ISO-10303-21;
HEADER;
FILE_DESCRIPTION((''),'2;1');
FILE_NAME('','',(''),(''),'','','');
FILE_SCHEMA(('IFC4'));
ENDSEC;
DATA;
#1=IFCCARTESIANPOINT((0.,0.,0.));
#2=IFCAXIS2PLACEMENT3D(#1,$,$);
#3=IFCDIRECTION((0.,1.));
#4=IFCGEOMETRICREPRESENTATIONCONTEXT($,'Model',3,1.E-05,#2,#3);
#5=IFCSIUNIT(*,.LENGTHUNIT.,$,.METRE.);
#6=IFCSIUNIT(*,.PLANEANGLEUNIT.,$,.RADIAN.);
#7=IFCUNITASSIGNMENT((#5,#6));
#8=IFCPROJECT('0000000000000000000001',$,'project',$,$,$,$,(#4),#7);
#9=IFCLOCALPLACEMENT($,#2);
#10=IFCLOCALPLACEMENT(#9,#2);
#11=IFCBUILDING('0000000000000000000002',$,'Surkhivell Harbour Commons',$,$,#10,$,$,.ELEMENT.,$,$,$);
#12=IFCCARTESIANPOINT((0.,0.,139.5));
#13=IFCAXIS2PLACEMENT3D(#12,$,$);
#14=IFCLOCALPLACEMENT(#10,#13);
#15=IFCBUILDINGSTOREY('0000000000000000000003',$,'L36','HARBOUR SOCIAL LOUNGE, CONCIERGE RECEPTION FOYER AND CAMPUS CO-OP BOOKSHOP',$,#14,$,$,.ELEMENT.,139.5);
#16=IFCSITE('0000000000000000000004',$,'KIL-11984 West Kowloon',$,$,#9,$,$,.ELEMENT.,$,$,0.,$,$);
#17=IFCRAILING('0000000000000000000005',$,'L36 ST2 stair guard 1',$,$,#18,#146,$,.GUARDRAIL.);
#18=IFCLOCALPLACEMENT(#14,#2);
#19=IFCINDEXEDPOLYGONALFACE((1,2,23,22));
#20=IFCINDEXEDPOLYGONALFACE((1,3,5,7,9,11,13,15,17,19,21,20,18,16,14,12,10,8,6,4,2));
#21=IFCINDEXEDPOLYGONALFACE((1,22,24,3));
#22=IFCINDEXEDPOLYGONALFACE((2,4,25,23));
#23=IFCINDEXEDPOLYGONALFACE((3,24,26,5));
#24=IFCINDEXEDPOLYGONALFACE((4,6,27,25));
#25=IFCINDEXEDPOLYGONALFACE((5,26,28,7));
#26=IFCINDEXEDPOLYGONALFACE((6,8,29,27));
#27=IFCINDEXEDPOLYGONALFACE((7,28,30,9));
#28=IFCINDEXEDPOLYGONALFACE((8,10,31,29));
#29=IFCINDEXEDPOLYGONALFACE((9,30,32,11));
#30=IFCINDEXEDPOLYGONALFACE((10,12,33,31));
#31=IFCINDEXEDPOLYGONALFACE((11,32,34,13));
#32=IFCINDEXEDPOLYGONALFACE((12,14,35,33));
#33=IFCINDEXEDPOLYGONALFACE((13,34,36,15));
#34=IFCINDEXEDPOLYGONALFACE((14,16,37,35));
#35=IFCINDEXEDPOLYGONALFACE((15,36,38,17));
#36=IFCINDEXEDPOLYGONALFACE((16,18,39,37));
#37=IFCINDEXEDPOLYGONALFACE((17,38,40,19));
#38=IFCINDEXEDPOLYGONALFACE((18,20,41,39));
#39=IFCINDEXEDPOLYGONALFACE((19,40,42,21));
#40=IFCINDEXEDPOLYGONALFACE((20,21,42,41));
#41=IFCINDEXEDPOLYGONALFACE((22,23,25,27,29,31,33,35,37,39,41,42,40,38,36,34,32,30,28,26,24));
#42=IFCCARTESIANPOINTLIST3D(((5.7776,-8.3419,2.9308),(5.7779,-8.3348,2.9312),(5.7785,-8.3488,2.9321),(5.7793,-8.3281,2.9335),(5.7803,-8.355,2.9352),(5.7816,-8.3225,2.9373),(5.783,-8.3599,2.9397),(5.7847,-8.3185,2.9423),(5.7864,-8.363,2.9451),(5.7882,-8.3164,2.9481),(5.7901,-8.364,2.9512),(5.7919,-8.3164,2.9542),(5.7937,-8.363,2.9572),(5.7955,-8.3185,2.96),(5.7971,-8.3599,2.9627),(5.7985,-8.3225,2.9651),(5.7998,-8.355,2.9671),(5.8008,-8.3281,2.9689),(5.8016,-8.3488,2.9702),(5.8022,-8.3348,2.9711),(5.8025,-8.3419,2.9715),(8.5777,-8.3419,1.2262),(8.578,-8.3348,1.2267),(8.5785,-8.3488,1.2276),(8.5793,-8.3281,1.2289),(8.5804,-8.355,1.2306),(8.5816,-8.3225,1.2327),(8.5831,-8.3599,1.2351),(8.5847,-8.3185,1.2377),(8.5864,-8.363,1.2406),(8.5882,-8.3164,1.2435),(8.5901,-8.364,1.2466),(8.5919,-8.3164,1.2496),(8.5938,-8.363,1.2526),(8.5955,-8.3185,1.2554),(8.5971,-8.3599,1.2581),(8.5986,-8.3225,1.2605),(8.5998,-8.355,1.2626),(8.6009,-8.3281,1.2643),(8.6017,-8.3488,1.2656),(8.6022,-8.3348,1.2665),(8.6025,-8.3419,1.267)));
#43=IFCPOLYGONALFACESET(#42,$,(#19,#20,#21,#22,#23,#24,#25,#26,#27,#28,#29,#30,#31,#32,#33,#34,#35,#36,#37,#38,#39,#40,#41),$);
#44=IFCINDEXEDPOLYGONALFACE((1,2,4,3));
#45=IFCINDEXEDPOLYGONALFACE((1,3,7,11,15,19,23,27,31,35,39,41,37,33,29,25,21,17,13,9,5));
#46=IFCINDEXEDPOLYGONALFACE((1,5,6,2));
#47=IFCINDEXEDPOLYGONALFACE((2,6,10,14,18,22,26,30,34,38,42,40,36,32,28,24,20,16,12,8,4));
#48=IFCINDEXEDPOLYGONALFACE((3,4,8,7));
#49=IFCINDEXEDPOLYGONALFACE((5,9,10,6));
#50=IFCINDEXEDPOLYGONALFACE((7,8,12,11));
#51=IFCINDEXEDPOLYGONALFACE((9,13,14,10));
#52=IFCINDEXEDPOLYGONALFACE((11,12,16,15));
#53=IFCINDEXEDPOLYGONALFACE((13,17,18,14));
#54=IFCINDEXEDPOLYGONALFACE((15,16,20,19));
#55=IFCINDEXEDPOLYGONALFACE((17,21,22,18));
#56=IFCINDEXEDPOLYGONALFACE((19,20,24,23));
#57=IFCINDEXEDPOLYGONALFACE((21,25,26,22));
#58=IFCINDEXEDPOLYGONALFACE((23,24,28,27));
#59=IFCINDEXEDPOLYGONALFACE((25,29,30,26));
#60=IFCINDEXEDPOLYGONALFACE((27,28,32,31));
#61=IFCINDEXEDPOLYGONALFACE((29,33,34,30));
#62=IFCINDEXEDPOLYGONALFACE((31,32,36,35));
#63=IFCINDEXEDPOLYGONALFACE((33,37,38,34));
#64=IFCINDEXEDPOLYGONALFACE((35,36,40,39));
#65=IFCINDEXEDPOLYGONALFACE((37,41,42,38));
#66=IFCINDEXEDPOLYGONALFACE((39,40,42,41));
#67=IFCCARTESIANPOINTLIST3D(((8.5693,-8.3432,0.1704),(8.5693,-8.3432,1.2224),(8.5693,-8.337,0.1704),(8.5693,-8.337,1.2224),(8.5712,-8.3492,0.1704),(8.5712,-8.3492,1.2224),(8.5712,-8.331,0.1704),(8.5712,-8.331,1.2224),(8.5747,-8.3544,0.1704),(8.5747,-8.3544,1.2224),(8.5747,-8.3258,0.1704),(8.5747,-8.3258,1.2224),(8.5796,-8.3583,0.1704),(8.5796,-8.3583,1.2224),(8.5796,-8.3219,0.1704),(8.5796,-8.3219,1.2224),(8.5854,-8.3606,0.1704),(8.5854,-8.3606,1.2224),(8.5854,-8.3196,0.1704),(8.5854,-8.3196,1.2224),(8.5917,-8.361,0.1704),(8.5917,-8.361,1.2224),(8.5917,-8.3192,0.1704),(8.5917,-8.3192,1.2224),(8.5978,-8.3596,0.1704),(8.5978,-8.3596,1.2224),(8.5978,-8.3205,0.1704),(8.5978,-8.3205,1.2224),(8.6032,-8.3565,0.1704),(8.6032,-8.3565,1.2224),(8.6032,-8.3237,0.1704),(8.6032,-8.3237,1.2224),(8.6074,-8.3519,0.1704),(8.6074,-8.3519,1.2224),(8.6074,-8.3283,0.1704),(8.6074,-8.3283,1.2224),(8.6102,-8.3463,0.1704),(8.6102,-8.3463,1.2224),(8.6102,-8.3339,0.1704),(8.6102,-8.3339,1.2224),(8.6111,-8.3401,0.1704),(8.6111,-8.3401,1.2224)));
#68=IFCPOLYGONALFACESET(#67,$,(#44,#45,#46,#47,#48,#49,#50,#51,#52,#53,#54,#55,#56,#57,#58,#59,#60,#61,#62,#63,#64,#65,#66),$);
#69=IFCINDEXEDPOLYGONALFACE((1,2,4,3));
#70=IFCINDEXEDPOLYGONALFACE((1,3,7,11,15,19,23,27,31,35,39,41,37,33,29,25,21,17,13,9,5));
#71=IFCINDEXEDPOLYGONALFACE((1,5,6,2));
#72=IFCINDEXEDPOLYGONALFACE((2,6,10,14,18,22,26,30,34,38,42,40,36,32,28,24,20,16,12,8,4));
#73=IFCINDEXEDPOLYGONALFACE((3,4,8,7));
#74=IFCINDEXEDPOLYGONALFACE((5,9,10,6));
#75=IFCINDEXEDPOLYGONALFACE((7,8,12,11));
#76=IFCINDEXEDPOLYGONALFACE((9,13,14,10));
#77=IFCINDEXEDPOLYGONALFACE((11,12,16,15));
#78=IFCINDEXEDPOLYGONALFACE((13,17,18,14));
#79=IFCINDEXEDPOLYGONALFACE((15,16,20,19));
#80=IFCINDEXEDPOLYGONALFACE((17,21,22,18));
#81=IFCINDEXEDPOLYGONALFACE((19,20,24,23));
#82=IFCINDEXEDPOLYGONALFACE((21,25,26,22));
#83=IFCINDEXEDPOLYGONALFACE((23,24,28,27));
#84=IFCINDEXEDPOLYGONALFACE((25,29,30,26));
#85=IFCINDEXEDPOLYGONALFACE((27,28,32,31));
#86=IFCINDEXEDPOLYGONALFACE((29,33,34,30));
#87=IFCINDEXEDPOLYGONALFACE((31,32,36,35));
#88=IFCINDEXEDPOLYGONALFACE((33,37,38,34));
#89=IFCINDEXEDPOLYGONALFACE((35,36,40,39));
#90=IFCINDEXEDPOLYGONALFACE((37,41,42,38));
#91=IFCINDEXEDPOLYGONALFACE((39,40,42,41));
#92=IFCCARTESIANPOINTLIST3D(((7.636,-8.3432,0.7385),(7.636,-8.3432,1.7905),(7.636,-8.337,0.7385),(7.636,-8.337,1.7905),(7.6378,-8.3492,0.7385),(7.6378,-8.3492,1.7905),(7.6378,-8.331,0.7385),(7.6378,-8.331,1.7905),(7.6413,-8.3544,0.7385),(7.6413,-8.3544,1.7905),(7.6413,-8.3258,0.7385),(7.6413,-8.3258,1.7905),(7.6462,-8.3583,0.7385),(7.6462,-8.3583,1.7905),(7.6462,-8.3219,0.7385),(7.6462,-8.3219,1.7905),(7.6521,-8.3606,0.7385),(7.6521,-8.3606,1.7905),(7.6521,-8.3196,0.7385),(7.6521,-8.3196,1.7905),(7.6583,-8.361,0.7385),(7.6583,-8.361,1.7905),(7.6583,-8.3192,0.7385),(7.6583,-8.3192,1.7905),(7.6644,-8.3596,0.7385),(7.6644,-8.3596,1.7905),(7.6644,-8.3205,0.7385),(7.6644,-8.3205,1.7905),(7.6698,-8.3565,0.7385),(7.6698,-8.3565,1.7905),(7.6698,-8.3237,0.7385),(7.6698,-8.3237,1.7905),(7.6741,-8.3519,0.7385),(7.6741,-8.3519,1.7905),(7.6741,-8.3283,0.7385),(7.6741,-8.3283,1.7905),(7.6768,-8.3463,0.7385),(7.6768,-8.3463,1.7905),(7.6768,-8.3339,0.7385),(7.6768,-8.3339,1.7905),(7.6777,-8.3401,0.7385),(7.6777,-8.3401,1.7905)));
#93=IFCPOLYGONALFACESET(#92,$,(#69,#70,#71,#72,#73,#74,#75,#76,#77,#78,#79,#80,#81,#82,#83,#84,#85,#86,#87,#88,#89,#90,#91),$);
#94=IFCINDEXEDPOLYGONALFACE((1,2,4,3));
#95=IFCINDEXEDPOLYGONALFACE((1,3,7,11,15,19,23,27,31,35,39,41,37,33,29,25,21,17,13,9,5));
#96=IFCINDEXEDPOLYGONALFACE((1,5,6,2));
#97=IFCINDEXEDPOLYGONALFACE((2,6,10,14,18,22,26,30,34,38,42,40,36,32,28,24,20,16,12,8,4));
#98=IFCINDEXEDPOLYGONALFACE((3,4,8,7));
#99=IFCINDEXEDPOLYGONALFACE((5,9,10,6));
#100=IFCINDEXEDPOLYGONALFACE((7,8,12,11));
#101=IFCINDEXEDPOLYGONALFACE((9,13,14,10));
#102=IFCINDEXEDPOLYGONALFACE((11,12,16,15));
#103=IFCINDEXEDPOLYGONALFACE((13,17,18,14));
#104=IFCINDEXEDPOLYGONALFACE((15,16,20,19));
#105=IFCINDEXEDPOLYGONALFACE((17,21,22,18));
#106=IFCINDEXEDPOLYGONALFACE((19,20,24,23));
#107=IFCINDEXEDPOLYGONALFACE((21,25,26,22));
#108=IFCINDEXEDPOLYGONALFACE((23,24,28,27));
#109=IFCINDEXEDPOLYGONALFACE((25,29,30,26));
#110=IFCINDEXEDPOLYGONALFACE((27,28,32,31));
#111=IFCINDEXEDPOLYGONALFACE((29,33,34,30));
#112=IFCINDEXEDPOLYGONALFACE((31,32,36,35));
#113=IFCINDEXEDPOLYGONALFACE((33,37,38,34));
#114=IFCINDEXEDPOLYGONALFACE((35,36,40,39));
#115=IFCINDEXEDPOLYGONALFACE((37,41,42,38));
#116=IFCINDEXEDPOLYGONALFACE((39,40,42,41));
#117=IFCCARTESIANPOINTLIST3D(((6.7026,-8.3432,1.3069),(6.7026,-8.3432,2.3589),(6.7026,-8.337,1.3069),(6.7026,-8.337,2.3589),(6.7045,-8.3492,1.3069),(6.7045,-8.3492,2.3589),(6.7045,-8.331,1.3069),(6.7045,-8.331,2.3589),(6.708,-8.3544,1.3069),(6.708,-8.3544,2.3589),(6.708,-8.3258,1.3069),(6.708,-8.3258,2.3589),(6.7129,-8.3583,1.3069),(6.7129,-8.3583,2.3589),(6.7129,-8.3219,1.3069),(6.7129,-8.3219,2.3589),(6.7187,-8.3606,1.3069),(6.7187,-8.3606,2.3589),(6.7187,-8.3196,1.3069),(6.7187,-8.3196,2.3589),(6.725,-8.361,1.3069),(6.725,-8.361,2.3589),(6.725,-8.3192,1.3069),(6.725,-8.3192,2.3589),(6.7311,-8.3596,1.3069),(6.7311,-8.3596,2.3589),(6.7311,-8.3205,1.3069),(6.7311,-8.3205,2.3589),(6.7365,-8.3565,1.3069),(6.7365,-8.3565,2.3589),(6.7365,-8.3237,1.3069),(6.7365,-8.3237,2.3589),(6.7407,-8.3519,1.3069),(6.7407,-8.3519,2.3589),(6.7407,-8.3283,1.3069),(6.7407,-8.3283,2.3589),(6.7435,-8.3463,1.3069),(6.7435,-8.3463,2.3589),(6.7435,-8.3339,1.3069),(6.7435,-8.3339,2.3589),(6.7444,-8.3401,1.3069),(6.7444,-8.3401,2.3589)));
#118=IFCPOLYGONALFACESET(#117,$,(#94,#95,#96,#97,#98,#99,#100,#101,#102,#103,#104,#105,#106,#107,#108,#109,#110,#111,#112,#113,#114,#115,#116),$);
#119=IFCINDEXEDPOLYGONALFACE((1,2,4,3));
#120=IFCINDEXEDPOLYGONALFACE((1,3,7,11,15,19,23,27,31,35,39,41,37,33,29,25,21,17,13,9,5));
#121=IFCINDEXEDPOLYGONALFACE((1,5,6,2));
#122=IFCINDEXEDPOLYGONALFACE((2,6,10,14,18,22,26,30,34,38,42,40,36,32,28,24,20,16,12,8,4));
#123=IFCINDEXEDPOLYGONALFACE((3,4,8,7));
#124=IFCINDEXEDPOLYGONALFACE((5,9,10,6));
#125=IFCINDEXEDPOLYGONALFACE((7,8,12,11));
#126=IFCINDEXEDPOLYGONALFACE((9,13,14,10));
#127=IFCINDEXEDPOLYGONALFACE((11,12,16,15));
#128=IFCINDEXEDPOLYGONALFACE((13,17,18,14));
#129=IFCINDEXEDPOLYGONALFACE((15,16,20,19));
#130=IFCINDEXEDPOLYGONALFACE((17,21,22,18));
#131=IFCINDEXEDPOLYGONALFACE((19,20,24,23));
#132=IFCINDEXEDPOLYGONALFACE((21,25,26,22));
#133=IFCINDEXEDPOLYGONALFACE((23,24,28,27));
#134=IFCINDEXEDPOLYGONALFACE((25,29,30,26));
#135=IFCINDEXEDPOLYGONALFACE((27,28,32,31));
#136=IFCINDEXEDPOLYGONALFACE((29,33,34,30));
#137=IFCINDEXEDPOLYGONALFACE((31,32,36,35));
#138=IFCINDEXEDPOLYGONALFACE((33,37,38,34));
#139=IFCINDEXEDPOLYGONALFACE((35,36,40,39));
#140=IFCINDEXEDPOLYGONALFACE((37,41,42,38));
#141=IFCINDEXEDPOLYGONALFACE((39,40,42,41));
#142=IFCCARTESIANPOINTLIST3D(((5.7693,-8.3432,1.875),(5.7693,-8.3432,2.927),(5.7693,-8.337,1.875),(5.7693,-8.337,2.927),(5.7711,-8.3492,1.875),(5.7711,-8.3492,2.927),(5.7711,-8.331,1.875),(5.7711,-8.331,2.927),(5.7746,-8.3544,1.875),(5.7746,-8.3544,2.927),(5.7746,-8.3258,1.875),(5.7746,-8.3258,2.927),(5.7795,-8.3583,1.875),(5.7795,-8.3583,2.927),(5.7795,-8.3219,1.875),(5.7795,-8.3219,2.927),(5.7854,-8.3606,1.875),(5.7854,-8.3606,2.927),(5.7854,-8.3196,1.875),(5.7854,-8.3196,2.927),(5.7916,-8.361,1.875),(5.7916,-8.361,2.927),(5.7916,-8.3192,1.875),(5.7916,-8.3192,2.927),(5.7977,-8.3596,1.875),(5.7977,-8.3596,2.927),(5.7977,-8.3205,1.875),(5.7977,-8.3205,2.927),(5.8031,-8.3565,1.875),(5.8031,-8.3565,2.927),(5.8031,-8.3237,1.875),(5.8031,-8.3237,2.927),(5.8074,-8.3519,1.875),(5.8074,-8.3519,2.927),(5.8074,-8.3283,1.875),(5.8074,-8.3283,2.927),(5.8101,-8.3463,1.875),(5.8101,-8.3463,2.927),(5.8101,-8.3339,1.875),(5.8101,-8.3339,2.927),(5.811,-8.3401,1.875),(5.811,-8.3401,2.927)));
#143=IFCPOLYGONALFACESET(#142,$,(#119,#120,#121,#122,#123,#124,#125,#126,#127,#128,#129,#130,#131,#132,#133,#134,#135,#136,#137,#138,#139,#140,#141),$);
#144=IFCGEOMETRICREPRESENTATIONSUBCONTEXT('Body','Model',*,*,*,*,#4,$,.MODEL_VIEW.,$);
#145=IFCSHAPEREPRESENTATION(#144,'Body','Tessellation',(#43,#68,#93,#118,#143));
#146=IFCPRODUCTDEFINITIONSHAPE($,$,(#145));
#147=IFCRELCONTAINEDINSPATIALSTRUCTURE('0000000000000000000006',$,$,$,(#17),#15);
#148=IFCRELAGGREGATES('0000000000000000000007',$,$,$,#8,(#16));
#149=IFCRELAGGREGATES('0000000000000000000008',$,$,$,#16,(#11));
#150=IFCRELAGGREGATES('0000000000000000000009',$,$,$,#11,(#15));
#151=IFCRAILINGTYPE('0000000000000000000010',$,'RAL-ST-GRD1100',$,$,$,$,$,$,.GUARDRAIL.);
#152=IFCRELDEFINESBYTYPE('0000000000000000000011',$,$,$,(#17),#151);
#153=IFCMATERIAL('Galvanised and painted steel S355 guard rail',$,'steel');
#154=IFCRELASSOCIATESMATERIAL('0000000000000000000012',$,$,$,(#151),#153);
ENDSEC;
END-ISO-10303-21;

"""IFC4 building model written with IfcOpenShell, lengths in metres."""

from ifc_helpers import new_model, si_unit, direction, frame, origin, origin_2d, place, context, subcontext, project, spatial, circle, extrude, material, type_object, element, save


model = new_model("IFC4")

# Units and contexts
model_context = context("Model", 3, precision=1e-05, world=origin(), true_north=direction((0.0, 1.0)))
body_context = subcontext(model_context, "Body", "Model", "MODEL_VIEW")
ifc_project = project(units=[si_unit("LENGTHUNIT", "METRE"), si_unit("PLANEANGLEUNIT", "RADIAN")], contexts=[model_context])

# Site, building, storey
site_placement = place(None, origin())
site = spatial("IfcSite", under=ifc_project, at=site_placement, Name="KIL-11984 West Kowloon", CompositionType="ELEMENT", RefElevation=0.0)
building_placement = place(site_placement, origin())
building = spatial("IfcBuilding", under=site, at=building_placement, Name="Surkhivell Harbour Commons", CompositionType="ELEMENT")
storey_placement = place(building_placement, frame((0.0, 0.0, 139.5)))
storey = spatial("IfcBuildingStorey", under=building, at=storey_placement, Name="L36", Description="HARBOUR SOCIAL LOUNGE, CONCIERGE RECEPTION FOYER AND CAMPUS CO-OP BOOKSHOP", CompositionType="ELEMENT", Elevation=139.5)

# Railing
ifc_material_1 = material(Name="Galvanised and painted steel S355 guard rail", Category="steel")
railing_type = type_object("IfcRailingType", Name="RAL-ST-GRD1100", PredefinedType="GUARDRAIL", material=ifc_material_1)
railing_1_placement = place(storey_placement, frame((8.5901, -8.3401, 0.1704)))
element("IfcRailing", 1, at=railing_1_placement, inside=storey, type_object=railing_type, Name="L36 ST2 stair guard 1", PredefinedType="GUARDRAIL", context=body_context, shape_type="SweptSolid", body=[
    extrude(circle(Radius=0.0239, at=origin_2d()), frame((0.0, 0.0, 1.0762), z_axis=(-0.85417, 0.0, 0.519994), x_axis=(0.0, -1.0, 0.0)), (0.0, 0.0, 1.0), 3.2781),
    extrude(circle(Radius=0.021, at=origin_2d()), origin(), (0.0, 0.0, 1.0), 1.052),
    extrude(circle(Radius=0.021, at=origin_2d()), frame((-0.9333, 0.0, 0.5681)), (0.0, 0.0, 1.0), 1.052),
    extrude(circle(Radius=0.021, at=origin_2d()), frame((-1.8667, 0.0, 1.1365)), (0.0, 0.0, 1.0), 1.052),
    extrude(circle(Radius=0.021, at=origin_2d()), frame((-2.8, 0.0, 1.7046)), (0.0, 0.0, 1.0), 1.052),
])

save(model, "model.ifc")
